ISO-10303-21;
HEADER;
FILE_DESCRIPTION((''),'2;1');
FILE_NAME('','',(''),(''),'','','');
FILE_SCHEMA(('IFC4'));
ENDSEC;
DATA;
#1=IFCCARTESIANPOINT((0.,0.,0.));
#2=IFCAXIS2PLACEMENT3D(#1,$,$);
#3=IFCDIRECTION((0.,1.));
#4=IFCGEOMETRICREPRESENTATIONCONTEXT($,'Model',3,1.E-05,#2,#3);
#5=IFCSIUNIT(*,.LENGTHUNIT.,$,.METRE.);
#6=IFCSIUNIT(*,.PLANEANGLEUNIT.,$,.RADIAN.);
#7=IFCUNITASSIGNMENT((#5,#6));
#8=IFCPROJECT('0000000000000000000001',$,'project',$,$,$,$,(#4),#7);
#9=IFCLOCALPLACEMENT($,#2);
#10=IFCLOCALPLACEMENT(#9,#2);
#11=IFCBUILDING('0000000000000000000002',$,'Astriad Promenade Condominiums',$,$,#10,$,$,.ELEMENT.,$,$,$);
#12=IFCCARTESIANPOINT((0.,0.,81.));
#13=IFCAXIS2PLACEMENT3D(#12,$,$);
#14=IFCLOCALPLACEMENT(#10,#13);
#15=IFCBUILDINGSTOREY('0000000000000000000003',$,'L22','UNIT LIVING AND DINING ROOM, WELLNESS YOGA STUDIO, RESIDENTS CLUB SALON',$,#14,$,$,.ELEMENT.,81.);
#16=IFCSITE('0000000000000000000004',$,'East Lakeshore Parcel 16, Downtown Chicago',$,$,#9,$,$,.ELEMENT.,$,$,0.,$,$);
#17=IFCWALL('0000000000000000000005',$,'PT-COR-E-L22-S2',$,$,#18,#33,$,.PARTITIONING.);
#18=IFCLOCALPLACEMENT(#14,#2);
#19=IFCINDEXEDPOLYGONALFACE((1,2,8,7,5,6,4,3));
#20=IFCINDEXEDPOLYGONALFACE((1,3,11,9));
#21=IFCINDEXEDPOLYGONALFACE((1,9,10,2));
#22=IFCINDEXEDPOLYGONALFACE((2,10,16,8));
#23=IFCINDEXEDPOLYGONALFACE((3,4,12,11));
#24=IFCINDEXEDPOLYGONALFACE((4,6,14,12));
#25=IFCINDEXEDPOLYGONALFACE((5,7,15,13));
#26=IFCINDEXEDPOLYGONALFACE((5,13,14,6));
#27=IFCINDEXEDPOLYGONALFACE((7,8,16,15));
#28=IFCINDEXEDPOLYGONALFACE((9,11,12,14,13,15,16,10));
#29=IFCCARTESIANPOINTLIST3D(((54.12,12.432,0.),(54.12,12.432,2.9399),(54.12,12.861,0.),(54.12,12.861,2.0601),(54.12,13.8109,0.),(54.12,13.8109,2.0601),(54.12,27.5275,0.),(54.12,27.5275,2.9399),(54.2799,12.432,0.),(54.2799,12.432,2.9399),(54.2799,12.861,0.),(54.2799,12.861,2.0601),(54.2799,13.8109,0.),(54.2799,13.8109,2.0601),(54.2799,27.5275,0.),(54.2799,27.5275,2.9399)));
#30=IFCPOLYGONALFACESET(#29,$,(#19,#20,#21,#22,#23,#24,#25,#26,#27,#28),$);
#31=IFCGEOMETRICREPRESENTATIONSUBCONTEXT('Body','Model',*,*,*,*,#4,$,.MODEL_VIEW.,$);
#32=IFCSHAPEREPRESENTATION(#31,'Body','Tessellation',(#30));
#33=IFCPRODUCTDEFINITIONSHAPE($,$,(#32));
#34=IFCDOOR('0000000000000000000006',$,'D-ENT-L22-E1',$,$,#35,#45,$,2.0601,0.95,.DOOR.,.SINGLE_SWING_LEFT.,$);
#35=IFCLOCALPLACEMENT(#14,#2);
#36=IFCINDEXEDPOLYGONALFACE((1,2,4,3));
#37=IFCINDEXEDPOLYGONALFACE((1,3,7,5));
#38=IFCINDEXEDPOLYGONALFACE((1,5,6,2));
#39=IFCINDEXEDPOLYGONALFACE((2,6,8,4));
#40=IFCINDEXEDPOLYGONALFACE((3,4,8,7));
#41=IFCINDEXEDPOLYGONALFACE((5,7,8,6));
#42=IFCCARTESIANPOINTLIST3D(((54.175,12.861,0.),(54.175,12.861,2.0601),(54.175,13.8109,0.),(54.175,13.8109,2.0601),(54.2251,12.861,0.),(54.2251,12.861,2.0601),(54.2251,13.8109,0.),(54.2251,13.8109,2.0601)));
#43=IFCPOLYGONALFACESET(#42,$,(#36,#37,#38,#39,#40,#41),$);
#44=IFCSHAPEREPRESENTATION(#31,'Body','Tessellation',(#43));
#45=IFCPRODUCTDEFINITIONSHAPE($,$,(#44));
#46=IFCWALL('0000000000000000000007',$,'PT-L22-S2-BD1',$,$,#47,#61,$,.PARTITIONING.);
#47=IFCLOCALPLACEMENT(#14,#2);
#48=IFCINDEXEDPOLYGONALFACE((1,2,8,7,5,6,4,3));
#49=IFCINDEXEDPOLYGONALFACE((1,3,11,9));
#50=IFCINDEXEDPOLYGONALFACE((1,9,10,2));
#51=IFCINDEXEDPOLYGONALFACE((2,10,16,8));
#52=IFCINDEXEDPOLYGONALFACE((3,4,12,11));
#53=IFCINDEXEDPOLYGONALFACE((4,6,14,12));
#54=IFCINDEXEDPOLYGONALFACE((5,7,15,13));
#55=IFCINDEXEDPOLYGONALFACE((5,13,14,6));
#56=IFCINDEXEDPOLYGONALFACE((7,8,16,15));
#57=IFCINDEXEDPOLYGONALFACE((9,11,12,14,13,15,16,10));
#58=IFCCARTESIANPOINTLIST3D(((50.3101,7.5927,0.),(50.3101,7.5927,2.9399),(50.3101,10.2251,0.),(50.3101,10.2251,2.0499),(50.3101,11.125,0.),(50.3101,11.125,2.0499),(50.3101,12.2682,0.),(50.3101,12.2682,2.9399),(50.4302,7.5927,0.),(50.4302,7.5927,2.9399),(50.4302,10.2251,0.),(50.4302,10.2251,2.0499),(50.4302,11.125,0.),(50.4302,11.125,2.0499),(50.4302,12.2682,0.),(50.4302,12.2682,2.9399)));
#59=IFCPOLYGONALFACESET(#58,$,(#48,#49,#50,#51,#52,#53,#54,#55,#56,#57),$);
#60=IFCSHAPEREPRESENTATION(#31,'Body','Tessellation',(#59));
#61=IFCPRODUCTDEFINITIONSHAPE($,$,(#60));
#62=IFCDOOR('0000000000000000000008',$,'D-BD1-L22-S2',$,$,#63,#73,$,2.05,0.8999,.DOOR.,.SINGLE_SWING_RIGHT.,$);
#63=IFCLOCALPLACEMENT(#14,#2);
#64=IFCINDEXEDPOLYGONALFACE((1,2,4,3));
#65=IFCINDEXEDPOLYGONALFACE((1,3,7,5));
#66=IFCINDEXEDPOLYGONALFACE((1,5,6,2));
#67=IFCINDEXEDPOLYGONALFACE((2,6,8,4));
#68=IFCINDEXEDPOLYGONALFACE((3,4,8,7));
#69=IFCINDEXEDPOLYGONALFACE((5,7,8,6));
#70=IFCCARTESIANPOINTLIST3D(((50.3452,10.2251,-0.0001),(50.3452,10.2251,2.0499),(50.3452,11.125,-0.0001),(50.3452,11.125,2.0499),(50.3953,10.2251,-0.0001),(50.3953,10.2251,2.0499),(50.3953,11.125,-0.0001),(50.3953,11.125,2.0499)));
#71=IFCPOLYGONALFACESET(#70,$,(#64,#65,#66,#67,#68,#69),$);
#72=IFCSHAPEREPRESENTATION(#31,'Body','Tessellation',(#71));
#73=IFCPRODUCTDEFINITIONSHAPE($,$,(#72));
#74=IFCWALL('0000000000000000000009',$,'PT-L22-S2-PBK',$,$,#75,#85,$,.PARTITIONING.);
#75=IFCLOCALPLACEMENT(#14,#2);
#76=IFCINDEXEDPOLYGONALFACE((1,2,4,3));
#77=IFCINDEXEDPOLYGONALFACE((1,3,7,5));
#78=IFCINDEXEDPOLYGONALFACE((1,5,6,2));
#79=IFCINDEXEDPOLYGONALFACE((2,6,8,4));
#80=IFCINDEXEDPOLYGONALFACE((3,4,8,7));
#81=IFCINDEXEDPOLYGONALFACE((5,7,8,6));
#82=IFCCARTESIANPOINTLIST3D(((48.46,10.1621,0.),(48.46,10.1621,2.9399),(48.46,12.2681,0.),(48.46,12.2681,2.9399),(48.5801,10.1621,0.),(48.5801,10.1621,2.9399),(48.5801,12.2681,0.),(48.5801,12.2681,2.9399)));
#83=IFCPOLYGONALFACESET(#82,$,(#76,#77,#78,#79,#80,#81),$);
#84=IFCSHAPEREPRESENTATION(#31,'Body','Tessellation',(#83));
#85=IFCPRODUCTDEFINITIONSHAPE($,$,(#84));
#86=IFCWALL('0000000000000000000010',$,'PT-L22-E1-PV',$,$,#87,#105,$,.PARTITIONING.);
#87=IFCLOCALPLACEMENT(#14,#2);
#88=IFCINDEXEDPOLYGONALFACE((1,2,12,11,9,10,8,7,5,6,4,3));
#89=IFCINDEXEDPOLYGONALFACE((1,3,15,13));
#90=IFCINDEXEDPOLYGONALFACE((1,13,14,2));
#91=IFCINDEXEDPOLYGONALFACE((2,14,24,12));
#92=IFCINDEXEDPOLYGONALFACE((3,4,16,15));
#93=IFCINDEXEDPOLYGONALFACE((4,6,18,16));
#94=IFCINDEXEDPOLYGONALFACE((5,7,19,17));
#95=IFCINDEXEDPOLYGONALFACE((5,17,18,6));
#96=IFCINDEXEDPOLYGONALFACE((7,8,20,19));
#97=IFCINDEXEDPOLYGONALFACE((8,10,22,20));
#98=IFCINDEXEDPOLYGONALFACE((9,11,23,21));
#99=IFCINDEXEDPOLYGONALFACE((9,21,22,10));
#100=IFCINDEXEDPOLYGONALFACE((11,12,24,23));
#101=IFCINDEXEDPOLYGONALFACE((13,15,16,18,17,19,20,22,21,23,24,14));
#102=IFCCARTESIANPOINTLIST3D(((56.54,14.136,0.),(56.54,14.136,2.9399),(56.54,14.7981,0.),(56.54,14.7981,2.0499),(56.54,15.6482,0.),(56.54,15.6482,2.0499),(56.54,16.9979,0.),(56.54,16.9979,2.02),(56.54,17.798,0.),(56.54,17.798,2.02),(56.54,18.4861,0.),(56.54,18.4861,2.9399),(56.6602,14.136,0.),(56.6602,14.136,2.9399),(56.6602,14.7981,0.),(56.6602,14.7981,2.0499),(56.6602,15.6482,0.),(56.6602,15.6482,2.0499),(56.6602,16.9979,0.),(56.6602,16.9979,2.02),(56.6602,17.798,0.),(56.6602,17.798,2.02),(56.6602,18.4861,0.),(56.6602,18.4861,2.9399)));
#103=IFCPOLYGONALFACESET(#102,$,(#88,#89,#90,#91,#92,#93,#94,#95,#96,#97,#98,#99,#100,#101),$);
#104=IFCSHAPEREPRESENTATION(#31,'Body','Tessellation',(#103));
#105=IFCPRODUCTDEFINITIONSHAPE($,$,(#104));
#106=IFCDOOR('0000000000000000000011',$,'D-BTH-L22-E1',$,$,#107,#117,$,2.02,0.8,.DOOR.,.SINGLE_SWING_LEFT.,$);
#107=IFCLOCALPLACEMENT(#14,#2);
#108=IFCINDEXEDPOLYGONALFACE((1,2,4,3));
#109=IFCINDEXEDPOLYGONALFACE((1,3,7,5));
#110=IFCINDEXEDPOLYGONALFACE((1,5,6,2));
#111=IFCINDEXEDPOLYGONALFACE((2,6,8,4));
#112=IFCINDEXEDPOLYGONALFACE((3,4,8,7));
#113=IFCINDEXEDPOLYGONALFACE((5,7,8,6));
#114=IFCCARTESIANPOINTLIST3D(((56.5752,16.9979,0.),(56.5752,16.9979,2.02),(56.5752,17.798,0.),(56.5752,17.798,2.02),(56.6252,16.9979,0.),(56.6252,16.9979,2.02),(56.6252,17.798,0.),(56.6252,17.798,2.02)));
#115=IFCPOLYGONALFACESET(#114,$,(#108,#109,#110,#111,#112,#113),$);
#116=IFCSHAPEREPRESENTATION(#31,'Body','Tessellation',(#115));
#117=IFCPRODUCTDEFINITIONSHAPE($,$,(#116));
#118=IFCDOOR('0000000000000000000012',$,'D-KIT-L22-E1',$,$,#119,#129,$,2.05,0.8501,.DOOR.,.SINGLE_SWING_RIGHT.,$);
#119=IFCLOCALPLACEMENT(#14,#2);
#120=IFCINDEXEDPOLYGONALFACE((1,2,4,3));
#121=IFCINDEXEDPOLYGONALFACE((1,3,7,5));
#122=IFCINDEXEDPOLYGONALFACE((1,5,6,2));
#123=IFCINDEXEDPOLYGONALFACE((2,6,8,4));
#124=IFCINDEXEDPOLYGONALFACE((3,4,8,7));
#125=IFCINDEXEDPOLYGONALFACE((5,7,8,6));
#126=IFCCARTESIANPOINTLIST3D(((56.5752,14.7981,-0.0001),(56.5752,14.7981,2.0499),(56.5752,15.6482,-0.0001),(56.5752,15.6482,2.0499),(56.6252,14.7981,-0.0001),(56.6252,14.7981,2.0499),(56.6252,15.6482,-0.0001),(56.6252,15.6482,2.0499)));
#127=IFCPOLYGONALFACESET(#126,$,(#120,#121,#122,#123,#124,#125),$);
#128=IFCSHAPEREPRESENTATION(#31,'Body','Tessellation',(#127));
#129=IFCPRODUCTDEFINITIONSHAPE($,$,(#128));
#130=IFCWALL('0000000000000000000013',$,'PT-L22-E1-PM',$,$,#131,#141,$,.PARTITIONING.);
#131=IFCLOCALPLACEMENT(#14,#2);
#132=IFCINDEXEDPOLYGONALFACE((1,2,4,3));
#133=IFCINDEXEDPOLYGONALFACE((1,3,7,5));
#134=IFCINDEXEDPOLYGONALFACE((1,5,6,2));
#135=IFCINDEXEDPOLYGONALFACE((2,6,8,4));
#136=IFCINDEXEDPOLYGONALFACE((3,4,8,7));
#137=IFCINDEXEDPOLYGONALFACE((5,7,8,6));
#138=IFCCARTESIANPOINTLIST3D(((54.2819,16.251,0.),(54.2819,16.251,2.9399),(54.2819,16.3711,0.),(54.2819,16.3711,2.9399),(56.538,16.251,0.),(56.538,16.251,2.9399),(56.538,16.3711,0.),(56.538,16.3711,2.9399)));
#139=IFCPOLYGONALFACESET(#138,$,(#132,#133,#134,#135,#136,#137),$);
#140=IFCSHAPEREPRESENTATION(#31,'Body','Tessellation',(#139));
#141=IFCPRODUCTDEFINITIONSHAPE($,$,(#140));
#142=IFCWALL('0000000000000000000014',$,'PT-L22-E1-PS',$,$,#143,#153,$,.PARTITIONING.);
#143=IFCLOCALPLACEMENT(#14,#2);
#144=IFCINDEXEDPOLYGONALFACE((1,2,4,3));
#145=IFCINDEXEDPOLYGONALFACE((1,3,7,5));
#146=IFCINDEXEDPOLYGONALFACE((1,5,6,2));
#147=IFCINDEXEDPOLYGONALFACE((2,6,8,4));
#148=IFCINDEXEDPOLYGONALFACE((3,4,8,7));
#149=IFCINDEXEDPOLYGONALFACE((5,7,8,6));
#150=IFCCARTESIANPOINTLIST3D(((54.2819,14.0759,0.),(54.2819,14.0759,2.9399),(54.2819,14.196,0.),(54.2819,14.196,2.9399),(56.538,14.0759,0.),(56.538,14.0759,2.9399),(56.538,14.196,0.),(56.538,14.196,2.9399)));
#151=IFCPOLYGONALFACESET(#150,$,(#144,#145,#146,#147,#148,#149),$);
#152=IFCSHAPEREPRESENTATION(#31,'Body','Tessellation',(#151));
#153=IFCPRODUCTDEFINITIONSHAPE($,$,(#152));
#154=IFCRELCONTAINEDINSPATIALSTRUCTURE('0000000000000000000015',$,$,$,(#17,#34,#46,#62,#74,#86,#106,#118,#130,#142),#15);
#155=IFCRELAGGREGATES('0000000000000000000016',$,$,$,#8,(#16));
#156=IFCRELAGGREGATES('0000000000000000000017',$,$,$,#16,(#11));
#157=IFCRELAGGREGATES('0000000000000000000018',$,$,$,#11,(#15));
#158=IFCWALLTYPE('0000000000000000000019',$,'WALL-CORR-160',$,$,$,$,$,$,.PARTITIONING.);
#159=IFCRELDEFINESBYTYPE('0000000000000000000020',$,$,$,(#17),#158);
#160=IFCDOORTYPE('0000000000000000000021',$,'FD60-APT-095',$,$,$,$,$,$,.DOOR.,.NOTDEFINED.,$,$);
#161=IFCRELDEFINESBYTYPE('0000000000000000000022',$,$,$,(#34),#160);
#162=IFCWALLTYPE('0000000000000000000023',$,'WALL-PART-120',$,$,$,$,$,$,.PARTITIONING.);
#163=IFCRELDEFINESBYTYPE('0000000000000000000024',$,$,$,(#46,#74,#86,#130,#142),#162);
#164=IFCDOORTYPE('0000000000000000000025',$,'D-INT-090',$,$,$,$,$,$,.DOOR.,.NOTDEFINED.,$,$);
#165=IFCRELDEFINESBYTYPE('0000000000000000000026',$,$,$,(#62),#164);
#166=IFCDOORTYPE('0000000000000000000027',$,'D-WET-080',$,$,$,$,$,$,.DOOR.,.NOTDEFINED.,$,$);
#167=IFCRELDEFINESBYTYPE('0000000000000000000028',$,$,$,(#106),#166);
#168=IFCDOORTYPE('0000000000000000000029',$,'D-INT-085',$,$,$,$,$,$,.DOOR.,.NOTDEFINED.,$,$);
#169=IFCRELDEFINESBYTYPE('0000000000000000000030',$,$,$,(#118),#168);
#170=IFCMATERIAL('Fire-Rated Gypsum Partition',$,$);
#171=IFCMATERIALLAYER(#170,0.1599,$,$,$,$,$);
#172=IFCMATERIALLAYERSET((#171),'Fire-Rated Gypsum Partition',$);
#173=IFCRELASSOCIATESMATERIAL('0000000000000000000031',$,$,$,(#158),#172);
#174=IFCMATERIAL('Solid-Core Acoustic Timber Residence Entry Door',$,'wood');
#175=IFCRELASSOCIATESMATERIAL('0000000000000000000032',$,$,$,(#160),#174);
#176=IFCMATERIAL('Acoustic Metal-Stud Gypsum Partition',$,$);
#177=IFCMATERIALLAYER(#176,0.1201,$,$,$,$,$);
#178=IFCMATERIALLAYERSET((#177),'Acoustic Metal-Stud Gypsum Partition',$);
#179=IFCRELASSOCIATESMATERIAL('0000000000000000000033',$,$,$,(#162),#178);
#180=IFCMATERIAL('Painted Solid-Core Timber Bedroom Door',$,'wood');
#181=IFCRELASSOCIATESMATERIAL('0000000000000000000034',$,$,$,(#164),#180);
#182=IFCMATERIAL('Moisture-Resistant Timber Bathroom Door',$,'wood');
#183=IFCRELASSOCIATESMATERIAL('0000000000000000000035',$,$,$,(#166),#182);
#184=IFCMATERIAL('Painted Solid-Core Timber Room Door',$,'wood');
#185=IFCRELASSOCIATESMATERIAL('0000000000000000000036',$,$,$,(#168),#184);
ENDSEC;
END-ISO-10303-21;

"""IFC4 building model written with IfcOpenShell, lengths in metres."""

from ifc_helpers import new_model, si_unit, direction, frame, frame_2d, origin, place, context, subcontext, project, spatial, rectangle, extrude, source, transform, mapped, material, layer, layer_set, type_object, type_shapes, element, fill, save


model = new_model("IFC4")

# Units and contexts
model_context = context("Model", 3, precision=1e-05, world=origin(), true_north=direction((0.0, 1.0)))
body_context = subcontext(model_context, "Body", "Model", "MODEL_VIEW")
ifc_project = project(units=[si_unit("LENGTHUNIT", "METRE"), si_unit("PLANEANGLEUNIT", "RADIAN")], contexts=[model_context])

# Site, building, storey
site_placement = place(None, origin())
site = spatial("IfcSite", under=ifc_project, at=site_placement, Name="East Lakeshore Parcel 16, Downtown Chicago", CompositionType="ELEMENT", RefElevation=0.0)
building_placement = place(site_placement, origin())
building = spatial("IfcBuilding", under=site, at=building_placement, Name="Astriad Promenade Condominiums", CompositionType="ELEMENT")
storey_placement = place(building_placement, frame((0.0, 0.0, 81.0)))
storey = spatial("IfcBuildingStorey", under=building, at=storey_placement, Name="L22", Description="UNIT LIVING AND DINING ROOM, WELLNESS YOGA STUDIO, RESIDENTS CLUB SALON", CompositionType="ELEMENT", Elevation=81.0)

# Shared definitions
ifc_material_1 = material(Name="Fire-Rated Gypsum Partition")
ifc_layer_1 = layer(ifc_material_1, 0.1599)
ifc_layer_set_1 = layer_set([ifc_layer_1], Name="Fire-Rated Gypsum Partition")
wall_type_1 = type_object("IfcWallType", Name="WALL-CORR-160", PredefinedType="PARTITIONING", material=ifc_layer_set_1)

# Walls, openings, doors
wall_1_placement = place(storey_placement, frame((54.2, 12.4319, 0.0), z_axis=(0.0, 0.0, 1.0), x_axis=(0.0, 1.0, 0.0)))
wall_1 = element("IfcWall", 1, at=wall_1_placement, inside=storey, type_object=wall_type_1, Name="PT-COR-E-L22-S2", PredefinedType="PARTITIONING", context=body_context, shape_type="SweptSolid", body=[
    extrude(rectangle(XDim=15.0955, YDim=0.1599, at=frame_2d((7.5479, 0.0))), origin(), (0.0, 0.0, 1.0), 2.9399),
])
opening_1_placement = place(wall_1_placement, frame((0.429, 0.0, 0.0)))
opening_1 = element("IfcOpeningElement", 2, at=opening_1_placement, cuts=wall_1, PredefinedType="OPENING", context=body_context, shape_type="SweptSolid", body=[
    extrude(rectangle(XDim=0.95, YDim=2.0601, at=frame_2d((0.4751, 1.03))), frame((0.0, 0.0898, 0.0), z_axis=(0.0, -1.0, 0.0), x_axis=(1.0, 0.0, 0.0)), (0.0, 0.0, 1.0), 0.1799),
])
ifc_material_2 = material(Name="Solid-Core Acoustic Timber Residence Entry Door", Category="wood")
door_type_1 = type_object("IfcDoorType", Name="FD60-APT-095", OperationType="NOTDEFINED", PredefinedType="DOOR", material=ifc_material_2)
shared_shape_1 = source(origin(), body_context, "Body", "SweptSolid", [
    extrude(rectangle(XDim=0.95, YDim=2.0601, at=frame_2d((0.4751, 1.03))), frame((0.0, 0.0249, 0.0), z_axis=(0.0, -1.0, 0.0), x_axis=(1.0, 0.0, 0.0)), (0.0, 0.0, 1.0), 0.05),
])
type_shapes(door_type_1, [shared_shape_1])
door_1_placement = place(opening_1_placement, origin())
door_1 = element("IfcDoor", 3, at=door_1_placement, inside=storey, type_object=door_type_1, Name="D-ENT-L22-E1", OperationType="SINGLE_SWING_LEFT", OverallHeight=2.0601, OverallWidth=0.95, PredefinedType="DOOR", context=body_context, shape_type="MappedRepresentation", body=[
    mapped(shared_shape_1, transform((0.0, 0.0, 0.0), scale=1.0)),
])
fill(opening_1, door_1)
ifc_material_3 = material(Name="Acoustic Metal-Stud Gypsum Partition")
ifc_layer_2 = layer(ifc_material_3, 0.1201)
ifc_layer_set_2 = layer_set([ifc_layer_2], Name="Acoustic Metal-Stud Gypsum Partition")
wall_type_2 = type_object("IfcWallType", Name="WALL-PART-120", PredefinedType="PARTITIONING", material=ifc_layer_set_2)
wall_2_placement = place(storey_placement, frame((50.3701, 7.5925, 0.0), z_axis=(0.0, 0.0, 1.0), x_axis=(0.0, 1.0, 0.0)))
wall_2 = element("IfcWall", 4, at=wall_2_placement, inside=storey, type_object=wall_type_2, Name="PT-L22-S2-BD1", PredefinedType="PARTITIONING", context=body_context, shape_type="SweptSolid", body=[
    extrude(rectangle(XDim=4.6755, YDim=0.1201, at=frame_2d((2.3379, 0.0))), origin(), (0.0, 0.0, 1.0), 2.9399),
])
opening_2_placement = place(wall_2_placement, frame((2.6326, 0.0, 0.0)))
opening_2 = element("IfcOpeningElement", 5, at=opening_2_placement, cuts=wall_2, PredefinedType="OPENING", context=body_context, shape_type="SweptSolid", body=[
    extrude(rectangle(XDim=0.8999, YDim=2.05, at=frame_2d((0.45, 1.0249))), frame((0.0, 0.0701, 0.0), z_axis=(0.0, -1.0, 0.0), x_axis=(1.0, 0.0, 0.0)), (0.0, 0.0, 1.0), 0.1401),
])
ifc_material_4 = material(Name="Painted Solid-Core Timber Bedroom Door", Category="wood")
door_type_2 = type_object("IfcDoorType", Name="D-INT-090", OperationType="NOTDEFINED", PredefinedType="DOOR", material=ifc_material_4)
shared_shape_2 = source(origin(), body_context, "Body", "SweptSolid", [
    extrude(rectangle(XDim=0.8999, YDim=2.05, at=frame_2d((0.45, 1.0249))), frame((0.0, 0.0249, 0.0), z_axis=(0.0, -1.0, 0.0), x_axis=(1.0, 0.0, 0.0)), (0.0, 0.0, 1.0), 0.05),
])
type_shapes(door_type_2, [shared_shape_2])
door_2_placement = place(opening_2_placement, origin())
door_2 = element("IfcDoor", 6, at=door_2_placement, inside=storey, type_object=door_type_2, Name="D-BD1-L22-S2", OperationType="SINGLE_SWING_RIGHT", OverallHeight=2.05, OverallWidth=0.8999, PredefinedType="DOOR", context=body_context, shape_type="MappedRepresentation", body=[
    mapped(shared_shape_2, transform((0.0, 0.0, 0.0), scale=1.0)),
])
fill(opening_2, door_2)

# Wall
wall_3_placement = place(storey_placement, frame((48.52, 10.1621, 0.0), z_axis=(0.0, 0.0, 1.0), x_axis=(0.0, 1.0, 0.0)))
element("IfcWall", 7, at=wall_3_placement, inside=storey, type_object=wall_type_2, Name="PT-L22-S2-PBK", PredefinedType="PARTITIONING", context=body_context, shape_type="SweptSolid", body=[
    extrude(rectangle(XDim=2.106, YDim=0.1201, at=frame_2d((1.053, 0.0))), origin(), (0.0, 0.0, 1.0), 2.9399),
])

# Wall, openings, doors
wall_4_placement = place(storey_placement, frame((56.6001, 14.136, 0.0), z_axis=(0.0, 0.0, 1.0), x_axis=(0.0, 1.0, 0.0)))
wall_4 = element("IfcWall", 8, at=wall_4_placement, inside=storey, type_object=wall_type_2, Name="PT-L22-E1-PV", PredefinedType="PARTITIONING", context=body_context, shape_type="SweptSolid", body=[
    extrude(rectangle(XDim=4.3501, YDim=0.1201, at=frame_2d((2.175, 0.0))), origin(), (0.0, 0.0, 1.0), 2.9399),
])
opening_3_placement = place(wall_4_placement, frame((0.6621, 0.0, 0.0)))
opening_3 = element("IfcOpeningElement", 9, at=opening_3_placement, cuts=wall_4, PredefinedType="OPENING", context=body_context, shape_type="SweptSolid", body=[
    extrude(rectangle(XDim=0.8501, YDim=2.05, at=frame_2d((0.425, 1.0249))), frame((0.0, 0.0701, 0.0), z_axis=(0.0, -1.0, 0.0), x_axis=(1.0, 0.0, 0.0)), (0.0, 0.0, 1.0), 0.1401),
])
opening_4_placement = place(wall_4_placement, frame((2.8621, 0.0, 0.0)))
opening_4 = element("IfcOpeningElement", 10, at=opening_4_placement, cuts=wall_4, PredefinedType="OPENING", context=body_context, shape_type="SweptSolid", body=[
    extrude(rectangle(XDim=0.8, YDim=2.02, at=frame_2d((0.3999, 1.01))), frame((0.0, 0.0701, 0.0), z_axis=(0.0, -1.0, 0.0), x_axis=(1.0, 0.0, 0.0)), (0.0, 0.0, 1.0), 0.1401),
])
ifc_material_5 = material(Name="Moisture-Resistant Timber Bathroom Door", Category="wood")
door_type_3 = type_object("IfcDoorType", Name="D-WET-080", OperationType="NOTDEFINED", PredefinedType="DOOR", material=ifc_material_5)
shared_shape_3 = source(origin(), body_context, "Body", "SweptSolid", [
    extrude(rectangle(XDim=0.8, YDim=2.02, at=frame_2d((0.3999, 1.01))), frame((0.0, 0.0249, 0.0), z_axis=(0.0, -1.0, 0.0), x_axis=(1.0, 0.0, 0.0)), (0.0, 0.0, 1.0), 0.05),
])
type_shapes(door_type_3, [shared_shape_3])
door_3_placement = place(opening_4_placement, origin())
door_3 = element("IfcDoor", 11, at=door_3_placement, inside=storey, type_object=door_type_3, Name="D-BTH-L22-E1", OperationType="SINGLE_SWING_LEFT", OverallHeight=2.02, OverallWidth=0.8, PredefinedType="DOOR", context=body_context, shape_type="MappedRepresentation", body=[
    mapped(shared_shape_3, transform((0.0, 0.0, 0.0), scale=1.0)),
])
fill(opening_4, door_3)
ifc_material_6 = material(Name="Painted Solid-Core Timber Room Door", Category="wood")
door_type_4 = type_object("IfcDoorType", Name="D-INT-085", OperationType="NOTDEFINED", PredefinedType="DOOR", material=ifc_material_6)
shared_shape_4 = source(origin(), body_context, "Body", "SweptSolid", [
    extrude(rectangle(XDim=0.8501, YDim=2.05, at=frame_2d((0.425, 1.0249))), frame((0.0, 0.0249, 0.0), z_axis=(0.0, -1.0, 0.0), x_axis=(1.0, 0.0, 0.0)), (0.0, 0.0, 1.0), 0.05),
])
type_shapes(door_type_4, [shared_shape_4])
door_4_placement = place(opening_3_placement, origin())
door_4 = element("IfcDoor", 12, at=door_4_placement, inside=storey, type_object=door_type_4, Name="D-KIT-L22-E1", OperationType="SINGLE_SWING_RIGHT", OverallHeight=2.05, OverallWidth=0.8501, PredefinedType="DOOR", context=body_context, shape_type="MappedRepresentation", body=[
    mapped(shared_shape_4, transform((0.0, 0.0, 0.0), scale=1.0)),
])
fill(opening_3, door_4)

# Walls
for number, where, z_axis, x_axis, name in (
    (13, (54.282, 16.311, 0.0), (0.0, 0.0, 1.0), (1.0, 0.0, 0.0), "PT-L22-E1-PM"),
    (14, (54.282, 14.136, 0.0), (0.0, 0.0, 1.0), (1.0, 0.0, 0.0), "PT-L22-E1-PS"),
):
    element("IfcWall", number, at=place(storey_placement, frame(where, z_axis=z_axis, x_axis=x_axis)), inside=storey, type_object=wall_type_2, Name=name, PredefinedType="PARTITIONING", context=body_context, shape_type="SweptSolid", body=[
        extrude(rectangle(XDim=2.2561, YDim=0.1201, at=frame_2d((1.1279, 0.0))), origin(), (0.0, 0.0, 1.0), 2.9399),
    ])

save(model, "model.ifc")
